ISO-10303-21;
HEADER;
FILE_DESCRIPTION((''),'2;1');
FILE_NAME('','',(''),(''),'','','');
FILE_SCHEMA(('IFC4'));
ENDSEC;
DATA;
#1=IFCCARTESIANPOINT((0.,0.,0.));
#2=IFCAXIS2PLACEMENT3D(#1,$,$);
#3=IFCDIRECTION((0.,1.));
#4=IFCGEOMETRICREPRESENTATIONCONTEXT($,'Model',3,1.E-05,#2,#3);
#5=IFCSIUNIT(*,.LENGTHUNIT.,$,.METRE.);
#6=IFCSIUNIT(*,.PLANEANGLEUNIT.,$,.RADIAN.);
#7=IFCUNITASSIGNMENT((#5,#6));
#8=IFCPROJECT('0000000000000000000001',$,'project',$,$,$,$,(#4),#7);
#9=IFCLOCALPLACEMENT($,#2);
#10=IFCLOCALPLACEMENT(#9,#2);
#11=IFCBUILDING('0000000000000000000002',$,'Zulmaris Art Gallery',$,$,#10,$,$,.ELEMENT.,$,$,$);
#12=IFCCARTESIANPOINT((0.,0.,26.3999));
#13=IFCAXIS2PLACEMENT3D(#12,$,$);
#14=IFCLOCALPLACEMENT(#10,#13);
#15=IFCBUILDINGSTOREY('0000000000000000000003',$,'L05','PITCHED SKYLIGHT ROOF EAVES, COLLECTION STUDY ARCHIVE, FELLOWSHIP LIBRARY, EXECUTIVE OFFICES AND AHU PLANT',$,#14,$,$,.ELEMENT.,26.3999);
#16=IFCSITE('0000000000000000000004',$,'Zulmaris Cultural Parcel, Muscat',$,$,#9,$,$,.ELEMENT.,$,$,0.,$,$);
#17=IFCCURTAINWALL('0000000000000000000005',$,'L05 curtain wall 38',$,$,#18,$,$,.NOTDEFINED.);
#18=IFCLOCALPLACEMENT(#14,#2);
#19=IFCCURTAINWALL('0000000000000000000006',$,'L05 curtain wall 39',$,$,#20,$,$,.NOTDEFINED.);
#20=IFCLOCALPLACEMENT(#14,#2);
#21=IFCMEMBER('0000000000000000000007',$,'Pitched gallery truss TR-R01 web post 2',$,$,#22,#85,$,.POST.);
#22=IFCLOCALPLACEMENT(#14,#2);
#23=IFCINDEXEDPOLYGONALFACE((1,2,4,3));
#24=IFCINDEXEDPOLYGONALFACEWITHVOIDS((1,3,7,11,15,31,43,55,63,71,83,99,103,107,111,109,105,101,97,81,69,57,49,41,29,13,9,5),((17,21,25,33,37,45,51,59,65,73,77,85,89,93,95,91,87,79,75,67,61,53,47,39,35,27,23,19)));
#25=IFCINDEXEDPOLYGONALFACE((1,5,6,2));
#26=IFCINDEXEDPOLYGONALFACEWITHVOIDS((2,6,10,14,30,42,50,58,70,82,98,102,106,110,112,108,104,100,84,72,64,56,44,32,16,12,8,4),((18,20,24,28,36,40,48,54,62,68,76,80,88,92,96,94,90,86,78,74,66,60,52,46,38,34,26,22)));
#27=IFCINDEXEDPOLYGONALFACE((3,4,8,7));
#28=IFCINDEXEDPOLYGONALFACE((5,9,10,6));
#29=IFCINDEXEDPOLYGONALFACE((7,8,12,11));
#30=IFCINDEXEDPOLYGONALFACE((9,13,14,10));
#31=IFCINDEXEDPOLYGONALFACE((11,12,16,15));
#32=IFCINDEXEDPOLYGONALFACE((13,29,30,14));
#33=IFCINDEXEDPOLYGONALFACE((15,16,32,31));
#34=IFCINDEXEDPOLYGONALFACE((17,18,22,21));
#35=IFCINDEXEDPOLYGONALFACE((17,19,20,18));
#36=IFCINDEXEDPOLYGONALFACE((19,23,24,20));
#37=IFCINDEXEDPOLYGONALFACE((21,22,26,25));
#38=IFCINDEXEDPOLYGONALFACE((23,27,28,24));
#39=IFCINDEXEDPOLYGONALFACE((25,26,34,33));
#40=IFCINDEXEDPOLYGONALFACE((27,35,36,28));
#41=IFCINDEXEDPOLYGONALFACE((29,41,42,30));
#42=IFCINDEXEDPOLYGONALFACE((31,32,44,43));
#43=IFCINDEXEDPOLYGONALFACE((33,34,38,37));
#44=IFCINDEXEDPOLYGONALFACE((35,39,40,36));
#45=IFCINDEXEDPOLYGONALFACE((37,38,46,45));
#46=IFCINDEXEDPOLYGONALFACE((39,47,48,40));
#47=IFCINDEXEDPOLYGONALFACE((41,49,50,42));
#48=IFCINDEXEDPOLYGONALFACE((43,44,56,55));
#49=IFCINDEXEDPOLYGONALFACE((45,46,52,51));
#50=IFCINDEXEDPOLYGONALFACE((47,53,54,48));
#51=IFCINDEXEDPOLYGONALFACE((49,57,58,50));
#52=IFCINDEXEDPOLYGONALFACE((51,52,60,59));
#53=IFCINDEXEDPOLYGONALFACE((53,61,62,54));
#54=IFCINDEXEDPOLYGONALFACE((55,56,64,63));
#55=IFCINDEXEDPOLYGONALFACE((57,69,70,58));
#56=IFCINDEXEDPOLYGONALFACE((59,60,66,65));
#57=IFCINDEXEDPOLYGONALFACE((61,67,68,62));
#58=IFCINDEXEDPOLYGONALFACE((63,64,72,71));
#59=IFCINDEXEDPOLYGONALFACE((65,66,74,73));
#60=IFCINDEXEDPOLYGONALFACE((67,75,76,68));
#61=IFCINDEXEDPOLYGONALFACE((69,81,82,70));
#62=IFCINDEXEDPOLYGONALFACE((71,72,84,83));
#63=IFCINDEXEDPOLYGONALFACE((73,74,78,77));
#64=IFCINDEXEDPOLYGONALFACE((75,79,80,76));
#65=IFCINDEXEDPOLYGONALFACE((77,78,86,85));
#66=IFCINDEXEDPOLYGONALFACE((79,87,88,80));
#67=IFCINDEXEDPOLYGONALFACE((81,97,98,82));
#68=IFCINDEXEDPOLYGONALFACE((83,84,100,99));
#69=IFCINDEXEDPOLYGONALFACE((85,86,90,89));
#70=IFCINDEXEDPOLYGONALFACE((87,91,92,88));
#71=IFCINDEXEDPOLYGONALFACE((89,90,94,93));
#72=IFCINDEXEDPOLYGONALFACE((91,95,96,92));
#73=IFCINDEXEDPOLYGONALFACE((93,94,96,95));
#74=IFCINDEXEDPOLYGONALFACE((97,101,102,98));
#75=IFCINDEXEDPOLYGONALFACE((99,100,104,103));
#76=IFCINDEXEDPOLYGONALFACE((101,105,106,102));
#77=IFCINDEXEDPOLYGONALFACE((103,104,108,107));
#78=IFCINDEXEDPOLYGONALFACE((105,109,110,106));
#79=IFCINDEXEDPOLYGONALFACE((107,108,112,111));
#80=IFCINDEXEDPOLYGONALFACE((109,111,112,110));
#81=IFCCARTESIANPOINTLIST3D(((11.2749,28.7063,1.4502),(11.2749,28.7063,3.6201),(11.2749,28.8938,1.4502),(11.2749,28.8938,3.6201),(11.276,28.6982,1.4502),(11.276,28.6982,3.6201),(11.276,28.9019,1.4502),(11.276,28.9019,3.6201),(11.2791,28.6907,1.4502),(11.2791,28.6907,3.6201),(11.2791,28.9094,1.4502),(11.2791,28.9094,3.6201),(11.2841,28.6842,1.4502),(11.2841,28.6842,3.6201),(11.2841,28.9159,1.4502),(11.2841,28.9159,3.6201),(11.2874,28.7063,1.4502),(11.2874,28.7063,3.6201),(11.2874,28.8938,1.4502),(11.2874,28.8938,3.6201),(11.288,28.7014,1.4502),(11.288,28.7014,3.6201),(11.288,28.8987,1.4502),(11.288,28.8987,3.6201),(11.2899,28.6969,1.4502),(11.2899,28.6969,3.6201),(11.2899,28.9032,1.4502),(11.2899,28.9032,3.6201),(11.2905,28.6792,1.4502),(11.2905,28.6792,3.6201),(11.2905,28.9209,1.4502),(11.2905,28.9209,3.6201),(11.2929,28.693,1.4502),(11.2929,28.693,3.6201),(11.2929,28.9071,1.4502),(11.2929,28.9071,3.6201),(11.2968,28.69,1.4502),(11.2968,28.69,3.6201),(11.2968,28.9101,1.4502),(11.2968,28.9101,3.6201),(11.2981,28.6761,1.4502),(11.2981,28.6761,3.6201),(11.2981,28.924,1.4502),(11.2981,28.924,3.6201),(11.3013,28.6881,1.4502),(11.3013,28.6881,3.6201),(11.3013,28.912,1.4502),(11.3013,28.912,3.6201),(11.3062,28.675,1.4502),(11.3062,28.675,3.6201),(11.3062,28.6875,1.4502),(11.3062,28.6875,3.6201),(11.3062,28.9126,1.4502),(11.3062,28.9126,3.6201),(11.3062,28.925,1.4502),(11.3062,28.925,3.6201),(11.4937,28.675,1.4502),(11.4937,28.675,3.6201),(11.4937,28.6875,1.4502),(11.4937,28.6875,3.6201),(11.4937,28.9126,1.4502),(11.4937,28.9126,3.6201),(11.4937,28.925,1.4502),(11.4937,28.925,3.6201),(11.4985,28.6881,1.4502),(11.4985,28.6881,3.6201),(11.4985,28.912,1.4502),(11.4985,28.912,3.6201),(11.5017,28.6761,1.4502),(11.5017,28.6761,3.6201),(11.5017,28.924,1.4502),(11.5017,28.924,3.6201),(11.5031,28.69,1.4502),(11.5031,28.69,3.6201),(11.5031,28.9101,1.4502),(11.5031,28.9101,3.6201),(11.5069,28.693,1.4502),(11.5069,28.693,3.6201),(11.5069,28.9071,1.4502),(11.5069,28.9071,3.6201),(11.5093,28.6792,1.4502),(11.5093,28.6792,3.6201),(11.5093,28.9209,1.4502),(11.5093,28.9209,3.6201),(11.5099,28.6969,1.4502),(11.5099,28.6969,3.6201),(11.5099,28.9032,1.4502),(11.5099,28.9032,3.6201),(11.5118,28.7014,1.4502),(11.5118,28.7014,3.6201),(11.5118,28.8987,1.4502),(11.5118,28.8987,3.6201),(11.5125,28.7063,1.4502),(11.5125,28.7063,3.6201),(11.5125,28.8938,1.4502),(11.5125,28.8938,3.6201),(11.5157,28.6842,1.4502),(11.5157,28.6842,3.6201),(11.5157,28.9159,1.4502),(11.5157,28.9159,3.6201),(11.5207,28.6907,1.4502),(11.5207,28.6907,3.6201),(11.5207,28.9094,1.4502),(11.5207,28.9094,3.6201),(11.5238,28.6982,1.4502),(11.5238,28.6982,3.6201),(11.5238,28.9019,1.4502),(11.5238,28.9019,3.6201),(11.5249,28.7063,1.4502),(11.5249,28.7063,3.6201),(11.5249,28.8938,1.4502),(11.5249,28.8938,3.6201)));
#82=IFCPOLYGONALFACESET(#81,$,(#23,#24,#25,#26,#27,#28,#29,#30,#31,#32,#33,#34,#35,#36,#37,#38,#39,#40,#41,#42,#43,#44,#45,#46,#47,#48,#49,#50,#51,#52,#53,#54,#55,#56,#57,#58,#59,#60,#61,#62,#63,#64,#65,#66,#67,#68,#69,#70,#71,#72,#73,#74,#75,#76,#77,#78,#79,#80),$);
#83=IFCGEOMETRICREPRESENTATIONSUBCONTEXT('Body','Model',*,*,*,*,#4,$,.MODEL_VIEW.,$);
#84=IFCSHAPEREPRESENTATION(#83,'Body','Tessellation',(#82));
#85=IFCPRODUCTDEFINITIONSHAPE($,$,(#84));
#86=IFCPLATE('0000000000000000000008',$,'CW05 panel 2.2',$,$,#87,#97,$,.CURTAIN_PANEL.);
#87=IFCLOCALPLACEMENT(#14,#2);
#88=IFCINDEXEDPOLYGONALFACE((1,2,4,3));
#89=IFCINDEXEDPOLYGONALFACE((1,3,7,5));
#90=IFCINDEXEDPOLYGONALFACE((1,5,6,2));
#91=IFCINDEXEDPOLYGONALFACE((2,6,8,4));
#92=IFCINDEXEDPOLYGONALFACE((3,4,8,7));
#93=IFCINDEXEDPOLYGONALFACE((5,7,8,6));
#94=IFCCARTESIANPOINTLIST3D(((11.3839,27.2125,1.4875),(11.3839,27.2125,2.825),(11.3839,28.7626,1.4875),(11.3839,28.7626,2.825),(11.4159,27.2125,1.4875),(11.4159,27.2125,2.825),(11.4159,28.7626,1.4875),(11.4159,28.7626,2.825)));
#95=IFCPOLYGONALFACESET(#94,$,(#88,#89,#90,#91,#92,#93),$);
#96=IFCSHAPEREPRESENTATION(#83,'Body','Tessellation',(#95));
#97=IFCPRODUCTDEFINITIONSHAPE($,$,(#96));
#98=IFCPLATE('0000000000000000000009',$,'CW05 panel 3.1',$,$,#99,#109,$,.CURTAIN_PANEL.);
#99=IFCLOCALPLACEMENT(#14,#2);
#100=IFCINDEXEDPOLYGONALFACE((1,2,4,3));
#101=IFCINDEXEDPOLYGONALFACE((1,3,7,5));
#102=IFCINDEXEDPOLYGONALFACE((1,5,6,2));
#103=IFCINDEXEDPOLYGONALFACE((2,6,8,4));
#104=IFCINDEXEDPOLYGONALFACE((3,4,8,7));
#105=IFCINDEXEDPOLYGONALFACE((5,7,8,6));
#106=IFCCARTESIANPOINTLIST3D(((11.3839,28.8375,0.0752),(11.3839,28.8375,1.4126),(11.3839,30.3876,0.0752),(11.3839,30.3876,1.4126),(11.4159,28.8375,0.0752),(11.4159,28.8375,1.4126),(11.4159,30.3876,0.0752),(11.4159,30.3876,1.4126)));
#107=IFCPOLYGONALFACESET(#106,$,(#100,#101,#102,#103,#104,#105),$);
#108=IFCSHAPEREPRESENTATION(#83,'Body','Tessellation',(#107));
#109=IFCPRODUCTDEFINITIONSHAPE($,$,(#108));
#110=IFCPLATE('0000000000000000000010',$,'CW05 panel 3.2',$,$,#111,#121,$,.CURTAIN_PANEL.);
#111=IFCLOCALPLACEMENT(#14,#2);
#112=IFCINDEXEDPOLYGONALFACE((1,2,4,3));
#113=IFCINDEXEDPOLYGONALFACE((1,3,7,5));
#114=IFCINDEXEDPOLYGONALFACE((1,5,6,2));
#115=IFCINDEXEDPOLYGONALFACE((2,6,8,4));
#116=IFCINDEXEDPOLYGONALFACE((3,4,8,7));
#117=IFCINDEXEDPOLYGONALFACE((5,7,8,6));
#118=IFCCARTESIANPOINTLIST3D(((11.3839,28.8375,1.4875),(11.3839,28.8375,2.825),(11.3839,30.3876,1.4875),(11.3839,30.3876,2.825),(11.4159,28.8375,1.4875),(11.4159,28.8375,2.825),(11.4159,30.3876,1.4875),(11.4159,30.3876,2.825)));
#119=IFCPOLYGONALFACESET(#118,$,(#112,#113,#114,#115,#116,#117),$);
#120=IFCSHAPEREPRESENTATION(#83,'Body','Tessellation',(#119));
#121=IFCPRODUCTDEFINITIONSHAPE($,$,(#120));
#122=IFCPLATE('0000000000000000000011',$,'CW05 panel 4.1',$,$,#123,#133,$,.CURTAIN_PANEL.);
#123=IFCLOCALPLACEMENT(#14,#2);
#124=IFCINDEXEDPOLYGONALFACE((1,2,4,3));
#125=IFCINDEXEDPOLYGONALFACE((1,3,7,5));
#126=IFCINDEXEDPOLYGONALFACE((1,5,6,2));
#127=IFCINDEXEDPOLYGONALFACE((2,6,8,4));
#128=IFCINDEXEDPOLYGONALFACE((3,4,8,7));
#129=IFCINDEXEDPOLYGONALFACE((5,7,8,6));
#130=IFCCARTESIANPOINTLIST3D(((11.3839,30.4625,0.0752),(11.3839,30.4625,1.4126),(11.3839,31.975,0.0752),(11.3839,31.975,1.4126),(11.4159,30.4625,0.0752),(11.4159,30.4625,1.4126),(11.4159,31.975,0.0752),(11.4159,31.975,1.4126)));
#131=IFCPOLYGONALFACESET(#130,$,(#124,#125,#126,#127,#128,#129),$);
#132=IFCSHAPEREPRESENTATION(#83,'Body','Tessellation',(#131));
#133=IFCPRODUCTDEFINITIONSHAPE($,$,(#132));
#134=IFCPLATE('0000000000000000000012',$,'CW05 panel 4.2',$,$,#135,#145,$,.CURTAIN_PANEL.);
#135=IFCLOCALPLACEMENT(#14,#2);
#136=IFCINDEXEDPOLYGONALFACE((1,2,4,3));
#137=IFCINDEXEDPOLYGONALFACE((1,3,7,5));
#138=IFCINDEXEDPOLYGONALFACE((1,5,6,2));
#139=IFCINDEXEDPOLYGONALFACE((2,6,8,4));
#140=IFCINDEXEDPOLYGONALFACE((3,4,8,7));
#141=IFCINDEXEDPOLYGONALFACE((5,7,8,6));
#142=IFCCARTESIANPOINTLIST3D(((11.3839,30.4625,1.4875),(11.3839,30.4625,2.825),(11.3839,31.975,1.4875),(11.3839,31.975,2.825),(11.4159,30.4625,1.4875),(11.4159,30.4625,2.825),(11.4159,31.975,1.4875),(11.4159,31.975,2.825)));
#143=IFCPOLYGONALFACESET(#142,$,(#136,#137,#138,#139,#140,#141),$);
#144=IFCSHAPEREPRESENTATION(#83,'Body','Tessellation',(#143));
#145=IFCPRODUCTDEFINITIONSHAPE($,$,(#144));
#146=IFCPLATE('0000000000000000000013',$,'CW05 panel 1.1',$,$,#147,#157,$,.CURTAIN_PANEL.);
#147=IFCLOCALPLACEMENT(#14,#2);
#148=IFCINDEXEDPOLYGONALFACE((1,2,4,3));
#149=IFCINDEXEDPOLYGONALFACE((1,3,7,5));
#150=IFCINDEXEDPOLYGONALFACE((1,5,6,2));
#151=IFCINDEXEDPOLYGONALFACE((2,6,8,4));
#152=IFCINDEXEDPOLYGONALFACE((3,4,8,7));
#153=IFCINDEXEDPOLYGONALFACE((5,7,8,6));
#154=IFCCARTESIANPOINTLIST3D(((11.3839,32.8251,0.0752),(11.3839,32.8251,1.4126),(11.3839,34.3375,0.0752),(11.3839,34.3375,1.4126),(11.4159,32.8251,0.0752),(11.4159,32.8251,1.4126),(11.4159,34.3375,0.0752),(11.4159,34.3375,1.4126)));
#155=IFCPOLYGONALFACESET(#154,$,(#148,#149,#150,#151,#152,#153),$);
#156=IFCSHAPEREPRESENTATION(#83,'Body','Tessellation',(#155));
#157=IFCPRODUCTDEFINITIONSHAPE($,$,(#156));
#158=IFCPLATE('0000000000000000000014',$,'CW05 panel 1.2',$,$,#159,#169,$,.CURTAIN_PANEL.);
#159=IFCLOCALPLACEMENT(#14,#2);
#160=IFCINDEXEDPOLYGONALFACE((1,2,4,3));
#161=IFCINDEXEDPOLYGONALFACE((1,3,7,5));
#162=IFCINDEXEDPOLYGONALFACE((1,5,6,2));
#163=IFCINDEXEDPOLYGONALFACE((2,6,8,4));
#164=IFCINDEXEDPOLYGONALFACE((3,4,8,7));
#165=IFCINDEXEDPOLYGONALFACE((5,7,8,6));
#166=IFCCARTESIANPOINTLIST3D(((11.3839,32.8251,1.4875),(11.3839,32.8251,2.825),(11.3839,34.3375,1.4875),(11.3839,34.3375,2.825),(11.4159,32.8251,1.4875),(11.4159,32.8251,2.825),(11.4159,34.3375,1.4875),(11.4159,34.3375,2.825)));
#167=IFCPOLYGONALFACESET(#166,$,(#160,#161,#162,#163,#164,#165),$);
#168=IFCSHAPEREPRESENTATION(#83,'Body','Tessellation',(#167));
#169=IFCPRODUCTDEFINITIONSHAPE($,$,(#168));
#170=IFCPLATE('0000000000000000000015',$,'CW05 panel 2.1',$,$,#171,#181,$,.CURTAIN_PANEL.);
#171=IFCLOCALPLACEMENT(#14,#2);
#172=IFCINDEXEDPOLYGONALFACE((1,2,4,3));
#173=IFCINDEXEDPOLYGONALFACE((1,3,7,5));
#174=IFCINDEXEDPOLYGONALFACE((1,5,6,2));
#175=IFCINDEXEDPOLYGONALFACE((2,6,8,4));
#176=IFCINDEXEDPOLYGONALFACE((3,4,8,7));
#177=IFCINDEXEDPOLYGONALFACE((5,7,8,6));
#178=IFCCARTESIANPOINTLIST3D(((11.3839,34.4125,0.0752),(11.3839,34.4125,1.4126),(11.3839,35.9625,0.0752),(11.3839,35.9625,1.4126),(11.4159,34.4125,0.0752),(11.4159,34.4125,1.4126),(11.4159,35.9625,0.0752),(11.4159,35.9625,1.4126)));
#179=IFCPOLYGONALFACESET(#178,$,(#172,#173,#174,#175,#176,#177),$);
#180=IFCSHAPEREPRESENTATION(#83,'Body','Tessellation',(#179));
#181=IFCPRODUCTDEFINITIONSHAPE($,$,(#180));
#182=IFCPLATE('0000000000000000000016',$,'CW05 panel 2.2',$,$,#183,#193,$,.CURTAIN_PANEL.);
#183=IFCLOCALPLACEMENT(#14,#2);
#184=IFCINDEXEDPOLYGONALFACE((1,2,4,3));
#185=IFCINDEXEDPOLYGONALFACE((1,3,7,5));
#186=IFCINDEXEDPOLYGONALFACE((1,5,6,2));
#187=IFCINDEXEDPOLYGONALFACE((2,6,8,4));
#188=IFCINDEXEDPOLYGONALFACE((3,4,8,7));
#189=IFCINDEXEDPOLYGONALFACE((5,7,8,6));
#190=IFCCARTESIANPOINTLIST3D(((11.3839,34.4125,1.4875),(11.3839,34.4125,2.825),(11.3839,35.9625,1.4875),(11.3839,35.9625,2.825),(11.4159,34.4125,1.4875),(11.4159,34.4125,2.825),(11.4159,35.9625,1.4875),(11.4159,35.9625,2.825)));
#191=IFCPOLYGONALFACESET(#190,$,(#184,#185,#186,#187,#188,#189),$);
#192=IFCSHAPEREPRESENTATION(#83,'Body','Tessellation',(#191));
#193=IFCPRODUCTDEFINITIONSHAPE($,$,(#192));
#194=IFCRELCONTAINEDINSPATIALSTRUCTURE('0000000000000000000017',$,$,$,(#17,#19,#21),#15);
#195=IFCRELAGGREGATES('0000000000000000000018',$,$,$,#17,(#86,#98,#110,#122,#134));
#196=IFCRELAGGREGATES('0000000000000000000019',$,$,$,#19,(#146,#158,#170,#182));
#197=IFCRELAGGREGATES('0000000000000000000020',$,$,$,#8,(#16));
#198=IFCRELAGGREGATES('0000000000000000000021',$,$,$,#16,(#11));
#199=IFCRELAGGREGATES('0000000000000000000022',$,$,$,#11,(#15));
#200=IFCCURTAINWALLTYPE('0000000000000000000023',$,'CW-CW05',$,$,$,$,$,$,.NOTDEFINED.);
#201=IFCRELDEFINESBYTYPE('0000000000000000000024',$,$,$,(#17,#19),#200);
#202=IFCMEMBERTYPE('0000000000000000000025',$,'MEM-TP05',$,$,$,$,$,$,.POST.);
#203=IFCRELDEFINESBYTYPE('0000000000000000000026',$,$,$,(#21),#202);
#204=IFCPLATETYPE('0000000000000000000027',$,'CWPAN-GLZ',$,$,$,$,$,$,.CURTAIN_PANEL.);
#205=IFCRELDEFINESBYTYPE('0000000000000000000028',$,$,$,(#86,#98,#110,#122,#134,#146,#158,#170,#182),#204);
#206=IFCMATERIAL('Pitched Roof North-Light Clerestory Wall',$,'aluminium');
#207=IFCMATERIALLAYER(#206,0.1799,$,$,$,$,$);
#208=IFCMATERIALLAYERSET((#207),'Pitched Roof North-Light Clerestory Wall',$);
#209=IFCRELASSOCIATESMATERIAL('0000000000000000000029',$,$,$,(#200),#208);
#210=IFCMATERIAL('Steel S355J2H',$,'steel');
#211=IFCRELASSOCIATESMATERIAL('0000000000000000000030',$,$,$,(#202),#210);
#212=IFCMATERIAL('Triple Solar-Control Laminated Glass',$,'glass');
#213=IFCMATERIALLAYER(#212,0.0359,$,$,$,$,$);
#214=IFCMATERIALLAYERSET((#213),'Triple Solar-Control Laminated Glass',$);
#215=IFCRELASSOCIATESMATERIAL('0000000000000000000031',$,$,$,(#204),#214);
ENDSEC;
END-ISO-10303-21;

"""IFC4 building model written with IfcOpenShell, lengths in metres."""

from ifc_helpers import new_model, si_unit, direction, frame, origin, origin_2d, place, context, subcontext, project, spatial, rectangle, hollow_rectangle, extrude, material, layer, layer_set, material_profile, profile_set, type_object, element, aggregate, save


model = new_model("IFC4")

# Units and contexts
model_context = context("Model", 3, precision=1e-05, world=origin(), true_north=direction((0.0, 1.0)))
body_context = subcontext(model_context, "Body", "Model", "MODEL_VIEW")
ifc_project = project(units=[si_unit("LENGTHUNIT", "METRE"), si_unit("PLANEANGLEUNIT", "RADIAN")], contexts=[model_context])

# Site, building, storey
site_placement = place(None, origin())
site = spatial("IfcSite", under=ifc_project, at=site_placement, Name="Zulmaris Cultural Parcel, Muscat", CompositionType="ELEMENT", RefElevation=0.0)
building_placement = place(site_placement, origin())
building = spatial("IfcBuilding", under=site, at=building_placement, Name="Zulmaris Art Gallery", CompositionType="ELEMENT")
storey_placement = place(building_placement, frame((0.0, 0.0, 26.3999)))
storey = spatial("IfcBuildingStorey", under=building, at=storey_placement, Name="L05", Description="PITCHED SKYLIGHT ROOF EAVES, COLLECTION STUDY ARCHIVE, FELLOWSHIP LIBRARY, EXECUTIVE OFFICES AND AHU PLANT", CompositionType="ELEMENT", Elevation=26.3999)

# Curtain walls
ifc_material_1 = material(Name="Pitched Roof North-Light Clerestory Wall", Category="aluminium")
ifc_layer_1 = layer(ifc_material_1, 0.1799)
ifc_layer_set_1 = layer_set([ifc_layer_1], Name="Pitched Roof North-Light Clerestory Wall")
curtain_wall_type = type_object("IfcCurtainWallType", Name="CW-CW05", PredefinedType="NOTDEFINED", material=ifc_layer_set_1)
curtain_wall_1_placement = place(storey_placement, origin())
curtain_wall_1 = element("IfcCurtainWall", 1, at=curtain_wall_1_placement, inside=storey, type_object=curtain_wall_type, Name="L05 curtain wall 38", PredefinedType="NOTDEFINED")
curtain_wall_2_placement = place(storey_placement, origin())
curtain_wall_2 = element("IfcCurtainWall", 2, at=curtain_wall_2_placement, inside=storey, type_object=curtain_wall_type, Name="L05 curtain wall 39", PredefinedType="NOTDEFINED")

# Member
ifc_material_2 = material(Name="Steel S355J2H", Category="steel")
ifc_material_profile_1 = material_profile(ifc_material_2, hollow_rectangle(XDim=0.25, YDim=0.25, WallThickness=0.0125, InnerFilletRadius=0.0188, OuterFilletRadius=0.0312, at=origin_2d()), Name="SHS 250x250x12.5")
ifc_profile_set_1 = profile_set([ifc_material_profile_1], Name="Steel S355J2H")
member_type_1 = type_object("IfcMemberType", Name="MEM-TP05", PredefinedType="POST", material=ifc_profile_set_1)
member_1_placement = place(storey_placement, frame((11.3999, 28.8, 1.4502), z_axis=(0.0, 0.0, 1.0), x_axis=(1.0, 0.0, 0.0)))
element("IfcMember", 3, at=member_1_placement, inside=storey, type_object=member_type_1, Name="Pitched gallery truss TR-R01 web post 2", PredefinedType="POST", context=body_context, shape_type="SweptSolid", body=[
    extrude(hollow_rectangle(XDim=0.25, YDim=0.25, WallThickness=0.0125, InnerFilletRadius=0.0188, OuterFilletRadius=0.0312, at=origin_2d()), origin(), (0.0, 0.0, 1.0), 2.1699),
])

# Plates
ifc_material_3 = material(Name="Triple Solar-Control Laminated Glass", Category="glass")
ifc_layer_2 = layer(ifc_material_3, 0.0359)
ifc_layer_set_2 = layer_set([ifc_layer_2], Name="Triple Solar-Control Laminated Glass")
plate_type_1 = type_object("IfcPlateType", Name="CWPAN-GLZ", PredefinedType="CURTAIN_PANEL", material=ifc_layer_set_2)
plate_1_placement = place(storey_placement, frame((11.3999, 27.9875, 1.4875), z_axis=(0.0, 0.0, 1.0), x_axis=(0.0, 1.0, 0.0)))
plate_1 = element("IfcPlate", 4, at=plate_1_placement, type_object=plate_type_1, Name="CW05 panel 2.2", PredefinedType="CURTAIN_PANEL", context=body_context, shape_type="SweptSolid", body=[
    extrude(rectangle(XDim=1.55, YDim=0.032, at=origin_2d()), origin(), (0.0, 0.0, 1.0), 1.3374),
])
plate_2_placement = place(storey_placement, frame((11.3999, 29.6125, 0.0752), z_axis=(0.0, 0.0, 1.0), x_axis=(0.0, 1.0, 0.0)))
plate_2 = element("IfcPlate", 5, at=plate_2_placement, type_object=plate_type_1, Name="CW05 panel 3.1", PredefinedType="CURTAIN_PANEL", context=body_context, shape_type="SweptSolid", body=[
    extrude(rectangle(XDim=1.55, YDim=0.032, at=origin_2d()), origin(), (0.0, 0.0, 1.0), 1.3374),
])
plate_3_placement = place(storey_placement, frame((11.3999, 29.6125, 1.4875), z_axis=(0.0, 0.0, 1.0), x_axis=(0.0, 1.0, 0.0)))
plate_3 = element("IfcPlate", 6, at=plate_3_placement, type_object=plate_type_1, Name="CW05 panel 3.2", PredefinedType="CURTAIN_PANEL", context=body_context, shape_type="SweptSolid", body=[
    extrude(rectangle(XDim=1.55, YDim=0.032, at=origin_2d()), origin(), (0.0, 0.0, 1.0), 1.3374),
])
plate_4_placement = place(storey_placement, frame((11.3999, 31.2188, 0.0752), z_axis=(0.0, 0.0, 1.0), x_axis=(0.0, 1.0, 0.0)))
plate_4 = element("IfcPlate", 7, at=plate_4_placement, type_object=plate_type_1, Name="CW05 panel 4.1", PredefinedType="CURTAIN_PANEL", context=body_context, shape_type="SweptSolid", body=[
    extrude(rectangle(XDim=1.5125, YDim=0.032, at=origin_2d()), origin(), (0.0, 0.0, 1.0), 1.3374),
])
plate_5_placement = place(storey_placement, frame((11.3999, 31.2188, 1.4875), z_axis=(0.0, 0.0, 1.0), x_axis=(0.0, 1.0, 0.0)))
plate_5 = element("IfcPlate", 8, at=plate_5_placement, type_object=plate_type_1, Name="CW05 panel 4.2", PredefinedType="CURTAIN_PANEL", context=body_context, shape_type="SweptSolid", body=[
    extrude(rectangle(XDim=1.5125, YDim=0.032, at=origin_2d()), origin(), (0.0, 0.0, 1.0), 1.3374),
])
aggregate(curtain_wall_1, [plate_1, plate_2, plate_3, plate_4, plate_5])
plate_6_placement = place(storey_placement, frame((11.3999, 33.5813, 0.0752), z_axis=(0.0, 0.0, 1.0), x_axis=(0.0, 1.0, 0.0)))
plate_6 = element("IfcPlate", 9, at=plate_6_placement, type_object=plate_type_1, Name="CW05 panel 1.1", PredefinedType="CURTAIN_PANEL", context=body_context, shape_type="SweptSolid", body=[
    extrude(rectangle(XDim=1.5125, YDim=0.032, at=origin_2d()), origin(), (0.0, 0.0, 1.0), 1.3374),
])
plate_7_placement = place(storey_placement, frame((11.3999, 33.5813, 1.4875), z_axis=(0.0, 0.0, 1.0), x_axis=(0.0, 1.0, 0.0)))
plate_7 = element("IfcPlate", 10, at=plate_7_placement, type_object=plate_type_1, Name="CW05 panel 1.2", PredefinedType="CURTAIN_PANEL", context=body_context, shape_type="SweptSolid", body=[
    extrude(rectangle(XDim=1.5125, YDim=0.032, at=origin_2d()), origin(), (0.0, 0.0, 1.0), 1.3374),
])
plate_8_placement = place(storey_placement, frame((11.3999, 35.1875, 0.0752), z_axis=(0.0, 0.0, 1.0), x_axis=(0.0, 1.0, 0.0)))
plate_8 = element("IfcPlate", 11, at=plate_8_placement, type_object=plate_type_1, Name="CW05 panel 2.1", PredefinedType="CURTAIN_PANEL", context=body_context, shape_type="SweptSolid", body=[
    extrude(rectangle(XDim=1.55, YDim=0.032, at=origin_2d()), origin(), (0.0, 0.0, 1.0), 1.3374),
])
plate_9_placement = place(storey_placement, frame((11.3999, 35.1875, 1.4875), z_axis=(0.0, 0.0, 1.0), x_axis=(0.0, 1.0, 0.0)))
plate_9 = element("IfcPlate", 12, at=plate_9_placement, type_object=plate_type_1, Name="CW05 panel 2.2", PredefinedType="CURTAIN_PANEL", context=body_context, shape_type="SweptSolid", body=[
    extrude(rectangle(XDim=1.55, YDim=0.032, at=origin_2d()), origin(), (0.0, 0.0, 1.0), 1.3374),
])
aggregate(curtain_wall_2, [plate_6, plate_7, plate_8, plate_9])

save(model, "model.ifc")
